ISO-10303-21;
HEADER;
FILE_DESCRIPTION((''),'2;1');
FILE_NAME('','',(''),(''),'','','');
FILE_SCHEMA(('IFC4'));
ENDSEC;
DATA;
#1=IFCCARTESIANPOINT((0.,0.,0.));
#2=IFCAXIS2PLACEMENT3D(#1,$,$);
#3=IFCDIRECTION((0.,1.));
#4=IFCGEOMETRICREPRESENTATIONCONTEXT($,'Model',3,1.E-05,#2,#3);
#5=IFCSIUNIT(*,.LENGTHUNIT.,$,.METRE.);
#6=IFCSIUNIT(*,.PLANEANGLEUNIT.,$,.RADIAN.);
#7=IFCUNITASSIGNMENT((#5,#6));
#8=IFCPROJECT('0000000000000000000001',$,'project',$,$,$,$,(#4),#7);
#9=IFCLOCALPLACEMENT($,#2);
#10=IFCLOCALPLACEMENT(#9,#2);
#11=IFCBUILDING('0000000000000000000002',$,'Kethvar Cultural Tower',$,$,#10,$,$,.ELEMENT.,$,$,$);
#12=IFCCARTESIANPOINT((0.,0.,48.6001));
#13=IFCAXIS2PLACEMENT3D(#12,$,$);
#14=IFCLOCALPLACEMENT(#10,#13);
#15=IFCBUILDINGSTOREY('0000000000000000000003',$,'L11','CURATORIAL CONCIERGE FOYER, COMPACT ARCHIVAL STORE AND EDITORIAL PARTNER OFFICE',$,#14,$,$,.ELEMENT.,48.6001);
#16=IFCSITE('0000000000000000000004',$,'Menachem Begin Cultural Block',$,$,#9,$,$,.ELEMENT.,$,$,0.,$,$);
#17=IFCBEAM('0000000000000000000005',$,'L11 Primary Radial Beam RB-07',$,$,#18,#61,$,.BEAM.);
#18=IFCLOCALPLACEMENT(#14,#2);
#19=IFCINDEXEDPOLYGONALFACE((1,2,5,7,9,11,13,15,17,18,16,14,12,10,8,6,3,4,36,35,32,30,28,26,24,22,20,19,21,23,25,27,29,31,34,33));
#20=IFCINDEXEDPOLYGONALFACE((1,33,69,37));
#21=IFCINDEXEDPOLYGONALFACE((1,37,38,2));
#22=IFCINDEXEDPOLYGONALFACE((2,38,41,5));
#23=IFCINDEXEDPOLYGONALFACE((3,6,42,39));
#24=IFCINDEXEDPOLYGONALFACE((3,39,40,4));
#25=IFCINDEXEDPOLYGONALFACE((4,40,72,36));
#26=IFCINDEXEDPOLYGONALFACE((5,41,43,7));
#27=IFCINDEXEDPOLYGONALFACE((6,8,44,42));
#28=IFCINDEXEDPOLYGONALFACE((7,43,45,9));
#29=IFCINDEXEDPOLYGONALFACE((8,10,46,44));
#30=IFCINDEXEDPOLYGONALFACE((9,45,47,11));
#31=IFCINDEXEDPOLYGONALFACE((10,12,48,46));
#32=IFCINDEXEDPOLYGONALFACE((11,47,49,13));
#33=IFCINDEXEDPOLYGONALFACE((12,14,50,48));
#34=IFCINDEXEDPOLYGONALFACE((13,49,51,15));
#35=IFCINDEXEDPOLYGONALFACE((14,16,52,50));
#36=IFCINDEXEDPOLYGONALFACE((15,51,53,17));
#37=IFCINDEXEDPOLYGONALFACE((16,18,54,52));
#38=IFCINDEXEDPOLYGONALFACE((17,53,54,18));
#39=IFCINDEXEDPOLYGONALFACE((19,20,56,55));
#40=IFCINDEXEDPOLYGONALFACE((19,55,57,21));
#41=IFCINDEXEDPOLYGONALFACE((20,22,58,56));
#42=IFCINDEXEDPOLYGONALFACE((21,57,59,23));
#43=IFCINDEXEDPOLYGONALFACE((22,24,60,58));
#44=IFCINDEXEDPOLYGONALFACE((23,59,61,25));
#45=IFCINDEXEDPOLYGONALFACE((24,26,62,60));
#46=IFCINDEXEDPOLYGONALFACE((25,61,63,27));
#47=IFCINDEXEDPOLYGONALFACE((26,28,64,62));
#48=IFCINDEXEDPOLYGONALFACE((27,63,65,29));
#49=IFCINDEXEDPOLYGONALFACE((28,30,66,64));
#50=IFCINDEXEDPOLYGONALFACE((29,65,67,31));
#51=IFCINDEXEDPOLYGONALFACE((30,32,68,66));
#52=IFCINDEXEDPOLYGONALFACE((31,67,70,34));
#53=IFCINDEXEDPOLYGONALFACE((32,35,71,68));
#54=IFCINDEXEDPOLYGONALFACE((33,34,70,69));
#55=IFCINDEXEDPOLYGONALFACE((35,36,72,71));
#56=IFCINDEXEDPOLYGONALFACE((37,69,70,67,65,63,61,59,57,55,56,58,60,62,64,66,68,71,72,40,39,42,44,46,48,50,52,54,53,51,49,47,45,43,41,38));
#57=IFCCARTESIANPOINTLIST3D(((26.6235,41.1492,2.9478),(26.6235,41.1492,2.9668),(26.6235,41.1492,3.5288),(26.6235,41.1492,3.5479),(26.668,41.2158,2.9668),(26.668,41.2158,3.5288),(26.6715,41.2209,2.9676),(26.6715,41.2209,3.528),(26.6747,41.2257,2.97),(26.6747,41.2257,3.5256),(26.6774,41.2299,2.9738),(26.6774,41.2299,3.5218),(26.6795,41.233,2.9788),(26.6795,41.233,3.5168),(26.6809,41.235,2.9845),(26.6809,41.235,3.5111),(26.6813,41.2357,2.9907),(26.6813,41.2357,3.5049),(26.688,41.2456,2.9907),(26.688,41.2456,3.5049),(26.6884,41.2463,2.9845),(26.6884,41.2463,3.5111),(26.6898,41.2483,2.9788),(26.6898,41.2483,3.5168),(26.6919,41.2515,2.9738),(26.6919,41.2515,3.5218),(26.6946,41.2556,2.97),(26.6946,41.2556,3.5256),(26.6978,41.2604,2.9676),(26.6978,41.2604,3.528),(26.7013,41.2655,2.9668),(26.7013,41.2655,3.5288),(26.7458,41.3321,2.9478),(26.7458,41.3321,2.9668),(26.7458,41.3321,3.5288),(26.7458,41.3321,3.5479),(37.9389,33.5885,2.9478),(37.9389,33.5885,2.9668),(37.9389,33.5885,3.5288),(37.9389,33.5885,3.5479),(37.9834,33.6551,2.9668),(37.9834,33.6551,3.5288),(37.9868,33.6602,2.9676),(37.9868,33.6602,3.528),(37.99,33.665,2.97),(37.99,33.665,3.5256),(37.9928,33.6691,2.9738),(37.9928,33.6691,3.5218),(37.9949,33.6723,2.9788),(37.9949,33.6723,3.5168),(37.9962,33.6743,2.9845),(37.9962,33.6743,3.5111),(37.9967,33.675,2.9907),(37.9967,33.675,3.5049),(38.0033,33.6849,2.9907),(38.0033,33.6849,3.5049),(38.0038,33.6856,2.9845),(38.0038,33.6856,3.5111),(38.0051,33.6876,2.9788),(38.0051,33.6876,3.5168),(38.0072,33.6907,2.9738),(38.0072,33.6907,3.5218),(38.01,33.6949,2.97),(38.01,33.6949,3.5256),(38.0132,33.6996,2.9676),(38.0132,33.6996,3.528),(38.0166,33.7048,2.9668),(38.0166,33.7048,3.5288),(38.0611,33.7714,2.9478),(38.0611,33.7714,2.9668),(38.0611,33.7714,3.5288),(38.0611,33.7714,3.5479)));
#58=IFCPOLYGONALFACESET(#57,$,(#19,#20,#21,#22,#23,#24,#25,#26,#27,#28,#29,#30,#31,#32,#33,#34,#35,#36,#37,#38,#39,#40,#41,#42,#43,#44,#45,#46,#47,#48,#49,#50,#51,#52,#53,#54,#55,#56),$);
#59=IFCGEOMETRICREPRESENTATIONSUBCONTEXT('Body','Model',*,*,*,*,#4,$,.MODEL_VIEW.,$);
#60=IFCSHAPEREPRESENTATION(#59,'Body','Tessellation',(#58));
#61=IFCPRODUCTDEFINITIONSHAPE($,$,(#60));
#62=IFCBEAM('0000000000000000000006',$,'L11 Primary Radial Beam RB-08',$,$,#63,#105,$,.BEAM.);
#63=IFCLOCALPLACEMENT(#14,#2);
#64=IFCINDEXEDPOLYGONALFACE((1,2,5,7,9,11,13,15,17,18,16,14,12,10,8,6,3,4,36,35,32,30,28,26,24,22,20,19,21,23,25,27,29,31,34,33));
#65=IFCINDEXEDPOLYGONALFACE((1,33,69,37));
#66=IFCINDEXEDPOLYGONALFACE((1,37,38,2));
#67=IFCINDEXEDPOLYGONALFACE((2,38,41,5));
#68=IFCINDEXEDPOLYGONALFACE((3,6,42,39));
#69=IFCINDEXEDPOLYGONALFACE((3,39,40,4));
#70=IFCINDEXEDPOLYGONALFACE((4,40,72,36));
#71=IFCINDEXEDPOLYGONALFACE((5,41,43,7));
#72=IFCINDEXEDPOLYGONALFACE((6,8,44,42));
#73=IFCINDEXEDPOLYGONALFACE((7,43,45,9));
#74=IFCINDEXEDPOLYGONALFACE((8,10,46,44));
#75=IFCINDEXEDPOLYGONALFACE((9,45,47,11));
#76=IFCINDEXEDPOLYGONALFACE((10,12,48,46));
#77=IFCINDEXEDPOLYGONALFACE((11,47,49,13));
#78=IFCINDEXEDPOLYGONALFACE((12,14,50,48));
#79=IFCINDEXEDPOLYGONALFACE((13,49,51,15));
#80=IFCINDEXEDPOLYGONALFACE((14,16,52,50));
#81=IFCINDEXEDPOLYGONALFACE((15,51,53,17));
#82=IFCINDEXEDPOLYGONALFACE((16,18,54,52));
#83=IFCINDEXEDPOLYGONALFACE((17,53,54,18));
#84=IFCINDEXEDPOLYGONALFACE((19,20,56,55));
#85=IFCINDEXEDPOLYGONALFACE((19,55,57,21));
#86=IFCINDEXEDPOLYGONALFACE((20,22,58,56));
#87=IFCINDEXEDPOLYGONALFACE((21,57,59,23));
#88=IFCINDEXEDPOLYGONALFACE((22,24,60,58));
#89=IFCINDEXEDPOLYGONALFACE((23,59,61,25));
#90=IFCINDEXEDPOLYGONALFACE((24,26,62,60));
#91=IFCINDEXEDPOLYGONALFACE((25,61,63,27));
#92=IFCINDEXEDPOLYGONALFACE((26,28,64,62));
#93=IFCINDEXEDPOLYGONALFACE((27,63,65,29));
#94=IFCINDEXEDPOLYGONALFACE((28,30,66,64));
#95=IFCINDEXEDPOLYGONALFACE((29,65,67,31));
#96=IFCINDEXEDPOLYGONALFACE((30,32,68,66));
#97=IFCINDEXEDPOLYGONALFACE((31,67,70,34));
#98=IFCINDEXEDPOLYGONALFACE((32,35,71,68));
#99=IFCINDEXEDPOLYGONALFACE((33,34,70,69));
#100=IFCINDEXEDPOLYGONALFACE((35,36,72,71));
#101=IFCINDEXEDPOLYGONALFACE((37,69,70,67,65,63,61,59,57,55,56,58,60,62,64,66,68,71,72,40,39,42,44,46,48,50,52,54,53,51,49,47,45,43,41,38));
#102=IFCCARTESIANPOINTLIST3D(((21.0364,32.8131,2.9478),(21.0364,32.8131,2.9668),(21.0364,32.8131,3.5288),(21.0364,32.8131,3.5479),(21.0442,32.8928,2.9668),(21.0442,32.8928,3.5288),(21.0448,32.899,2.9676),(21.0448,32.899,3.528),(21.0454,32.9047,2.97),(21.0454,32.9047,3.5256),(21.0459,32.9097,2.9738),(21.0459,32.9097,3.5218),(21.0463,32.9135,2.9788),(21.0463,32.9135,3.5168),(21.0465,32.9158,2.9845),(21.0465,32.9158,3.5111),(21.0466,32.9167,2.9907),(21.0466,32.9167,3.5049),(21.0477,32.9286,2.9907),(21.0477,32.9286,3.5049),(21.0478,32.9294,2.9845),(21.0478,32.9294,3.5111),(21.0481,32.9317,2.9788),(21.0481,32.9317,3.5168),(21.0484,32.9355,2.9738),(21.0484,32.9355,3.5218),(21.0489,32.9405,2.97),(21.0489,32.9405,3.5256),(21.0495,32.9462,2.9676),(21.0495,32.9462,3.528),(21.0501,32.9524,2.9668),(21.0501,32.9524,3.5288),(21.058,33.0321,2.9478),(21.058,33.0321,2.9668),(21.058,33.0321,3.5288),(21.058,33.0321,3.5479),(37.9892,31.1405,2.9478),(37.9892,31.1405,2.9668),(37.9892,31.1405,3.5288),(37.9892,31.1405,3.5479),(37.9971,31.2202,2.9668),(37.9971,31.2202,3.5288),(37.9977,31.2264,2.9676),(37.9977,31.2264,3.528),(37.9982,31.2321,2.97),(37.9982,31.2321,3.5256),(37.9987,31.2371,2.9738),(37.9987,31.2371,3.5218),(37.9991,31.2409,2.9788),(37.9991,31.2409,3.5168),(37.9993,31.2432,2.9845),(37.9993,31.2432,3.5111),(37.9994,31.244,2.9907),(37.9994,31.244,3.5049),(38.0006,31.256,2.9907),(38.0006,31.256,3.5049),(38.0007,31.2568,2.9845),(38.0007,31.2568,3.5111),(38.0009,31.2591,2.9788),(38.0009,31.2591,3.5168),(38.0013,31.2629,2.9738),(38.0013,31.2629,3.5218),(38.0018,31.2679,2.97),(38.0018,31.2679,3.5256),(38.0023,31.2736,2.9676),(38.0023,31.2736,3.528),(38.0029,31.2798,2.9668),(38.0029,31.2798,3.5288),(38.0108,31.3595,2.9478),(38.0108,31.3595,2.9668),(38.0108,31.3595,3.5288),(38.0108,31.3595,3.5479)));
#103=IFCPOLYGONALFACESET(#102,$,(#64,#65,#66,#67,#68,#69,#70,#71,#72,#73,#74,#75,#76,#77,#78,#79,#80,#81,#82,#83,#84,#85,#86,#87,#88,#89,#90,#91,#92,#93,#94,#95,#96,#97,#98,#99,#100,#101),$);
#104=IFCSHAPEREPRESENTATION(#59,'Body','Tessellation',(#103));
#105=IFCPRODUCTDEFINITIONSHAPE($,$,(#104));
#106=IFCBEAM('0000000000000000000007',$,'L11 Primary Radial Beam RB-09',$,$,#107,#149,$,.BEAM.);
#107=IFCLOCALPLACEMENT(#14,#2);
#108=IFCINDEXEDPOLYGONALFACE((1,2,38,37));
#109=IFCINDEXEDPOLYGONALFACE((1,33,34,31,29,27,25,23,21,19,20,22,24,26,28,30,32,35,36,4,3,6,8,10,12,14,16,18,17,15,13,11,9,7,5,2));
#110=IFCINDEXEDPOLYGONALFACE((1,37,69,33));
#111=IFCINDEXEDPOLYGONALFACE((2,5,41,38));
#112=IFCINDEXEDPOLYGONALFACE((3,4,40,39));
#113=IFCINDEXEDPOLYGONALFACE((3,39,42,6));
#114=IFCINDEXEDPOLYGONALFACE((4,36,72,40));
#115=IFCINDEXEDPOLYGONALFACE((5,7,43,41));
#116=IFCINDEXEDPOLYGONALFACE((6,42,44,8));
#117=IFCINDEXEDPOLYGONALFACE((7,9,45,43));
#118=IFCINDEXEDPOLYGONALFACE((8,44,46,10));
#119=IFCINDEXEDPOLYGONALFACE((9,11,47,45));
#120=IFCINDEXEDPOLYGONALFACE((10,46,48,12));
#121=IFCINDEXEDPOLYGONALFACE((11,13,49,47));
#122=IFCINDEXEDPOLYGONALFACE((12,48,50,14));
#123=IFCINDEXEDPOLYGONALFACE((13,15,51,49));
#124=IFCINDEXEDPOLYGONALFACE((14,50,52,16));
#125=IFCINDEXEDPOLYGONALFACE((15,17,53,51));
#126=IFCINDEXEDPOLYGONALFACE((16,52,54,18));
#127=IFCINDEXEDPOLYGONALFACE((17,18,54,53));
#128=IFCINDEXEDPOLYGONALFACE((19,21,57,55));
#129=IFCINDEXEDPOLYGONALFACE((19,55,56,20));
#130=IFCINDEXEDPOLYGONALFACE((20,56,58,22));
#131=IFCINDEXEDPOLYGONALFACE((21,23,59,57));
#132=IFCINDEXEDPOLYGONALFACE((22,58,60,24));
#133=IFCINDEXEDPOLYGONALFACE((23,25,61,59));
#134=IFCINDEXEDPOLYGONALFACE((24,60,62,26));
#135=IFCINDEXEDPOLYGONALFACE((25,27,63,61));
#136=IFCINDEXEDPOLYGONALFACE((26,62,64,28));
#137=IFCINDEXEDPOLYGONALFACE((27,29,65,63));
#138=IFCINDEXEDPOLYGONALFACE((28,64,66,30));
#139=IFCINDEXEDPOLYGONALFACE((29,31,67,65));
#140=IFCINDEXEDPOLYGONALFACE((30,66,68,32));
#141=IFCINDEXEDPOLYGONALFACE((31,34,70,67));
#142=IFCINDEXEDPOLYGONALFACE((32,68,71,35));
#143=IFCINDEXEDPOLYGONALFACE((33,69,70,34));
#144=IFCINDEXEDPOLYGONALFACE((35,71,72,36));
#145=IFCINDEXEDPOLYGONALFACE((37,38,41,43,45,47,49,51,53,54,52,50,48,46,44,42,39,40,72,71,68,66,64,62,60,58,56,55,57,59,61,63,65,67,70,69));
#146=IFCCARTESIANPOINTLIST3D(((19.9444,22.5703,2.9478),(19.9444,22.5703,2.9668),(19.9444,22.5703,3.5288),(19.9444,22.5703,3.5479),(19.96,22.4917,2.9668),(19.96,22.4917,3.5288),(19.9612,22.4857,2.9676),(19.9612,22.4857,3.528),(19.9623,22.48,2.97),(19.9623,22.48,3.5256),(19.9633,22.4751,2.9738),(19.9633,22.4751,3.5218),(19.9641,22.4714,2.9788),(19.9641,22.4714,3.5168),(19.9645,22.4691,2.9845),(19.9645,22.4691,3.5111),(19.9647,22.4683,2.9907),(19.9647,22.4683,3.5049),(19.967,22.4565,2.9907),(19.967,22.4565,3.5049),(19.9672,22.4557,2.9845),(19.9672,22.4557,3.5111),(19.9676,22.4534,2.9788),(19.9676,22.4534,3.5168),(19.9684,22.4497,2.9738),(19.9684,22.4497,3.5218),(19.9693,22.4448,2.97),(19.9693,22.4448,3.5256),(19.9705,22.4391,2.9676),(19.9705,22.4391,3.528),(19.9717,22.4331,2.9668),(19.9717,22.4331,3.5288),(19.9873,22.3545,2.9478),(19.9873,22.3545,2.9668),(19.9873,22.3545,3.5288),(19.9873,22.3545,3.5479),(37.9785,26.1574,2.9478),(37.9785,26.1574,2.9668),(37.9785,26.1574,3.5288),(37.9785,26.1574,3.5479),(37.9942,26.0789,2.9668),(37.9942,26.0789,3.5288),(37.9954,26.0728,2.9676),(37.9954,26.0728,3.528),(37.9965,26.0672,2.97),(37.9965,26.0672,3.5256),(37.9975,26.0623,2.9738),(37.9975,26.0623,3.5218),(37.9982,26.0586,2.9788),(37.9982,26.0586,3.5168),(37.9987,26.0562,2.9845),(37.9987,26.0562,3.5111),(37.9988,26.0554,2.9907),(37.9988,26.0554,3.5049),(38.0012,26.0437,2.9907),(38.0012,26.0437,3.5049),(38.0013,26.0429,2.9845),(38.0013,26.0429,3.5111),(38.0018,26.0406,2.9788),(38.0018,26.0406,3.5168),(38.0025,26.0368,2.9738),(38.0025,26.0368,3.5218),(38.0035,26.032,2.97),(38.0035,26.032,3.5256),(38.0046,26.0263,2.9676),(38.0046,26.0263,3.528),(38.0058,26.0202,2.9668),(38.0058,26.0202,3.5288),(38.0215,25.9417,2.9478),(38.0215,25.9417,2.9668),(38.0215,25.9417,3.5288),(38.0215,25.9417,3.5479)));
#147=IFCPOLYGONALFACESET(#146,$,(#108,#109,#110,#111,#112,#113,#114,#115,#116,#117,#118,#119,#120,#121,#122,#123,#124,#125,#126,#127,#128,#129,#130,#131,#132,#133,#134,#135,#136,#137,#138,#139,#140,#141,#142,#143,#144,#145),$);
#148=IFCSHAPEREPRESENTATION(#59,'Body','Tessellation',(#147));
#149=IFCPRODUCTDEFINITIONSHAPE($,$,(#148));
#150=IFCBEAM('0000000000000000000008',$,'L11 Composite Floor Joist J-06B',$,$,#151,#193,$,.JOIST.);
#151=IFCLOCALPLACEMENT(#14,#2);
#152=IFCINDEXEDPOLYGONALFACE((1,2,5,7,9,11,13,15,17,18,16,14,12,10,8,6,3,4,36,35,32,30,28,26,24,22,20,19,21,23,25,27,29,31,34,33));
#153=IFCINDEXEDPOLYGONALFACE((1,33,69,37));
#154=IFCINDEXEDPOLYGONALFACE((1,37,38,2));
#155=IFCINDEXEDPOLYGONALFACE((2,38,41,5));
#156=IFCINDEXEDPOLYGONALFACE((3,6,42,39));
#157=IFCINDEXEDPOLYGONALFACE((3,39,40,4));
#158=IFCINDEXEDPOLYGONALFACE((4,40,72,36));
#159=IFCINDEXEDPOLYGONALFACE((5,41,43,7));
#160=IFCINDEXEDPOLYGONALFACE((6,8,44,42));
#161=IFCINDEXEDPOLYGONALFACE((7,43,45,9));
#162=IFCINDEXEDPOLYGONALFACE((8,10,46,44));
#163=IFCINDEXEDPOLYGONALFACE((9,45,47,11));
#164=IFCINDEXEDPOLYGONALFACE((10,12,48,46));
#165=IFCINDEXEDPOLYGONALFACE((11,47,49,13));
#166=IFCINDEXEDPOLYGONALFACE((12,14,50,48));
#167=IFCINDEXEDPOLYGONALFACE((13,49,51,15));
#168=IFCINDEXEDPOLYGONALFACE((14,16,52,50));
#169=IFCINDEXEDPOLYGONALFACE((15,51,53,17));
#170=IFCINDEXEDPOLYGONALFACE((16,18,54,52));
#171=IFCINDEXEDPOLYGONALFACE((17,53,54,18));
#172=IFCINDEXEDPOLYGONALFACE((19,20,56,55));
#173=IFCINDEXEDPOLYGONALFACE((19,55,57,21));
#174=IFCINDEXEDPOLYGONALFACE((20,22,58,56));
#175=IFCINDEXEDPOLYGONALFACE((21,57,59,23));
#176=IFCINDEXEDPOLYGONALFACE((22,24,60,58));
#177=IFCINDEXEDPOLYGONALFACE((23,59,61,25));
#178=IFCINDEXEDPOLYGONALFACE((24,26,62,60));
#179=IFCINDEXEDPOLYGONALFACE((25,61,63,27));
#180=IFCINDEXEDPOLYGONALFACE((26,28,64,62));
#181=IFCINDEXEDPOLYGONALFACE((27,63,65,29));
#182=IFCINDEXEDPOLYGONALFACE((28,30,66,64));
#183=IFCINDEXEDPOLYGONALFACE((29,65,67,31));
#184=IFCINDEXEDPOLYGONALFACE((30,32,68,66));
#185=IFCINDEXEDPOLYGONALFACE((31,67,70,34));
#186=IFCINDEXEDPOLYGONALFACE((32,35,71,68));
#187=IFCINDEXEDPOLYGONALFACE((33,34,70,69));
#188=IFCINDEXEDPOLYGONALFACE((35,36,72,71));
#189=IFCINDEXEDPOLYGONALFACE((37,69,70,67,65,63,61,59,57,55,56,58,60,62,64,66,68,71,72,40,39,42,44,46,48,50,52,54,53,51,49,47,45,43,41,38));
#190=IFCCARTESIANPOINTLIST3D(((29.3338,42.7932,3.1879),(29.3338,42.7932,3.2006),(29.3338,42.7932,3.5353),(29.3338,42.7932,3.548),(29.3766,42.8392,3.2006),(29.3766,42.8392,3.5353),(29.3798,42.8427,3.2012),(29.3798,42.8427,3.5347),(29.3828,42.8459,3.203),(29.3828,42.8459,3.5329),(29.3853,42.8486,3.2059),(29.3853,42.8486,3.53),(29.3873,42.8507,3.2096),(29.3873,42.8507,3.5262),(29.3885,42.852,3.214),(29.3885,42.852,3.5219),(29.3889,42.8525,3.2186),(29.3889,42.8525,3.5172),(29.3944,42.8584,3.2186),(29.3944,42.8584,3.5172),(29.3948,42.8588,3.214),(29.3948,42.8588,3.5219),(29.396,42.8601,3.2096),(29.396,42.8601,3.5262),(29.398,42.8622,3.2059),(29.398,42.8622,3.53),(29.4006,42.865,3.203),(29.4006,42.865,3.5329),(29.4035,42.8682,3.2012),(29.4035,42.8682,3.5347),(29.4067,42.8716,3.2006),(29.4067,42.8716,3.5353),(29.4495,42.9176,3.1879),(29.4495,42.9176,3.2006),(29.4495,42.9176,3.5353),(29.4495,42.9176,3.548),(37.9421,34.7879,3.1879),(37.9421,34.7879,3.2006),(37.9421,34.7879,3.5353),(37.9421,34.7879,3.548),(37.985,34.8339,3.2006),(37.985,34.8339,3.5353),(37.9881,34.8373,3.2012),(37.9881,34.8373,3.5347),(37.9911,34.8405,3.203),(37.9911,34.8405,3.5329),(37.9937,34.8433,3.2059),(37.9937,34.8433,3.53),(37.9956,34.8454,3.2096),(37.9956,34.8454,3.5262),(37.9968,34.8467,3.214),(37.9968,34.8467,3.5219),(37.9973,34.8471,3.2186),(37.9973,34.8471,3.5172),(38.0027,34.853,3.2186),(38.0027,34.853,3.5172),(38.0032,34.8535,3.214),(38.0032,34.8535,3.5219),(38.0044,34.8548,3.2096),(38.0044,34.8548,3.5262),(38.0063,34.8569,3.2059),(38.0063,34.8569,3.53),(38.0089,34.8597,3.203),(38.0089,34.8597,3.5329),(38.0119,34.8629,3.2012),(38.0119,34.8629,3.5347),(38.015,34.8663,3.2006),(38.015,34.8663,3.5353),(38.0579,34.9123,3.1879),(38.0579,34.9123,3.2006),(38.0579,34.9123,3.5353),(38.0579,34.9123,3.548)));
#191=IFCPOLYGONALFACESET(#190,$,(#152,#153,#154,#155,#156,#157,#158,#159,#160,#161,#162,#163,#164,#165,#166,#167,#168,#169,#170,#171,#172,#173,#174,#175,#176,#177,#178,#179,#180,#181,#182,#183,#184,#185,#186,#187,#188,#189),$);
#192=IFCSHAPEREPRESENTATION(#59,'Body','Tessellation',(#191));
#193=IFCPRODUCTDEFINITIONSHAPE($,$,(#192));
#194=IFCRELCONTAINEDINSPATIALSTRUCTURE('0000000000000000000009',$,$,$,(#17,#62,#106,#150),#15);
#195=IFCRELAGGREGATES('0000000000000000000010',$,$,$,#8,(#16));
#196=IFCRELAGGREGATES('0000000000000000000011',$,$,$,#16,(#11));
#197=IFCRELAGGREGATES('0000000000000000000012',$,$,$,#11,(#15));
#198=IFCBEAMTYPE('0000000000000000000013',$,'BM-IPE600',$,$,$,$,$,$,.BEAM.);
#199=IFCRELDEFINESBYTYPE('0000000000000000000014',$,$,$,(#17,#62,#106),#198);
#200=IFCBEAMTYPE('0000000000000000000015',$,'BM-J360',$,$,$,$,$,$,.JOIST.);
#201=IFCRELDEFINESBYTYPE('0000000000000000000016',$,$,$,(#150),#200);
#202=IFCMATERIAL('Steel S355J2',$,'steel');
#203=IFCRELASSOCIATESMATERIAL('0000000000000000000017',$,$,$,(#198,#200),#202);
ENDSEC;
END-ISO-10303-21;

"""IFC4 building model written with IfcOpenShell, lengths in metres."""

from ifc_helpers import new_model, si_unit, direction, frame, origin, origin_2d, place, context, subcontext, project, spatial, i_section, extrude, source, transform, mapped, material, material_profile, profile_set, type_object, element, save


model = new_model("IFC4")

# Units and contexts
model_context = context("Model", 3, precision=1e-05, world=origin(), true_north=direction((0.0, 1.0)))
body_context = subcontext(model_context, "Body", "Model", "MODEL_VIEW")
ifc_project = project(units=[si_unit("LENGTHUNIT", "METRE"), si_unit("PLANEANGLEUNIT", "RADIAN")], contexts=[model_context])

# Site, building, storey
site_placement = place(None, origin())
site = spatial("IfcSite", under=ifc_project, at=site_placement, Name="Menachem Begin Cultural Block", CompositionType="ELEMENT", RefElevation=0.0)
building_placement = place(site_placement, origin())
building = spatial("IfcBuilding", under=site, at=building_placement, Name="Kethvar Cultural Tower", CompositionType="ELEMENT")
storey_placement = place(building_placement, frame((0.0, 0.0, 48.6001)))
storey = spatial("IfcBuildingStorey", under=building, at=storey_placement, Name="L11", Description="CURATORIAL CONCIERGE FOYER, COMPACT ARCHIVAL STORE AND EDITORIAL PARTNER OFFICE", CompositionType="ELEMENT", Elevation=48.6001)

# Beams
ifc_material_1 = material(Name="Steel S355J2", Category="steel")
ifc_material_profile_1 = material_profile(ifc_material_1, i_section(OverallWidth=0.22, OverallDepth=0.6001, WebThickness=0.012, FlangeThickness=0.019, FilletRadius=0.0239, at=origin_2d()), Name="Steel S355J2 — IPE600")
ifc_profile_set_1 = profile_set([ifc_material_profile_1], Name="Steel S355J2 — IPE600")
beam_type_1 = type_object("IfcBeamType", Name="BM-IPE600", PredefinedType="BEAM", material=ifc_profile_set_1)
shared_shape_1 = source(origin(), body_context, "Body", "SweptSolid", [
    extrude(i_section(OverallWidth=0.22, OverallDepth=0.6001, WebThickness=0.012, FlangeThickness=0.019, FilletRadius=0.0239, at=origin_2d()), origin(), (0.0, 0.0, 1.0), 13.6089),
])
beam_1_placement = place(storey_placement, frame((38.0, 33.6799, 3.2478), z_axis=(-0.831467, 0.555573, 0.0), x_axis=(-0.555573, -0.831467, 0.0)))
element("IfcBeam", 1, at=beam_1_placement, inside=storey, type_object=beam_type_1, Name="L11 Primary Radial Beam RB-07", PredefinedType="BEAM", context=body_context, shape_type="MappedRepresentation", body=[
    mapped(shared_shape_1, transform((0.0, 0.0, 0.0), scale=1.0)),
])
shared_shape_2 = source(origin(), body_context, "Body", "SweptSolid", [
    extrude(i_section(OverallWidth=0.22, OverallDepth=0.6001, WebThickness=0.012, FlangeThickness=0.019, FilletRadius=0.0239, at=origin_2d()), origin(), (0.0, 0.0, 1.0), 17.0352),
])
beam_2_placement = place(storey_placement, frame((38.0, 31.25, 3.2478), z_axis=(-0.995168, 0.098185, 0.0), x_axis=(-0.098185, -0.995168, 0.0)))
element("IfcBeam", 2, at=beam_2_placement, inside=storey, type_object=beam_type_1, Name="L11 Primary Radial Beam RB-08", PredefinedType="BEAM", context=body_context, shape_type="MappedRepresentation", body=[
    mapped(shared_shape_2, transform((0.0, 0.0, 0.0), scale=1.0)),
])
shared_shape_3 = source(origin(), body_context, "Body", "SweptSolid", [
    extrude(i_section(OverallWidth=0.22, OverallDepth=0.6001, WebThickness=0.012, FlangeThickness=0.019, FilletRadius=0.0239, at=origin_2d()), origin(), (0.0, 0.0, 1.0), 18.3875),
])
beam_3_placement = place(storey_placement, frame((38.0, 26.0496, 3.2478), z_axis=(-0.980786, -0.195087, 0.0), x_axis=(0.195087, -0.980786, 0.0)))
element("IfcBeam", 3, at=beam_3_placement, inside=storey, type_object=beam_type_1, Name="L11 Primary Radial Beam RB-09", PredefinedType="BEAM", context=body_context, shape_type="MappedRepresentation", body=[
    mapped(shared_shape_3, transform((0.0, 0.0, 0.0), scale=1.0)),
])
ifc_material_profile_2 = material_profile(ifc_material_1, i_section(OverallWidth=0.1699, OverallDepth=0.3601, WebThickness=0.0081, FlangeThickness=0.0127, FilletRadius=0.0181, at=origin_2d()), Name="Steel S355J2 — IPE360")
ifc_profile_set_2 = profile_set([ifc_material_profile_2], Name="Steel S355J2 — IPE360")
beam_type_2 = type_object("IfcBeamType", Name="BM-J360", PredefinedType="JOIST", material=ifc_profile_set_2)
shared_shape_4 = source(origin(), body_context, "Body", "SweptSolid", [
    extrude(i_section(OverallWidth=0.1699, OverallDepth=0.3601, WebThickness=0.0081, FlangeThickness=0.0127, FilletRadius=0.0181, at=origin_2d()), origin(), (0.0, 0.0, 1.0), 11.7554),
])
beam_4_placement = place(storey_placement, frame((38.0, 34.8501, 3.3679), z_axis=(-0.73229, 0.680993, 0.0), x_axis=(-0.680993, -0.73229, 0.0)))
element("IfcBeam", 4, at=beam_4_placement, inside=storey, type_object=beam_type_2, Name="L11 Composite Floor Joist J-06B", PredefinedType="JOIST", context=body_context, shape_type="MappedRepresentation", body=[
    mapped(shared_shape_4, transform((0.0, 0.0, 0.0), scale=1.0)),
])

save(model, "model.ifc")
